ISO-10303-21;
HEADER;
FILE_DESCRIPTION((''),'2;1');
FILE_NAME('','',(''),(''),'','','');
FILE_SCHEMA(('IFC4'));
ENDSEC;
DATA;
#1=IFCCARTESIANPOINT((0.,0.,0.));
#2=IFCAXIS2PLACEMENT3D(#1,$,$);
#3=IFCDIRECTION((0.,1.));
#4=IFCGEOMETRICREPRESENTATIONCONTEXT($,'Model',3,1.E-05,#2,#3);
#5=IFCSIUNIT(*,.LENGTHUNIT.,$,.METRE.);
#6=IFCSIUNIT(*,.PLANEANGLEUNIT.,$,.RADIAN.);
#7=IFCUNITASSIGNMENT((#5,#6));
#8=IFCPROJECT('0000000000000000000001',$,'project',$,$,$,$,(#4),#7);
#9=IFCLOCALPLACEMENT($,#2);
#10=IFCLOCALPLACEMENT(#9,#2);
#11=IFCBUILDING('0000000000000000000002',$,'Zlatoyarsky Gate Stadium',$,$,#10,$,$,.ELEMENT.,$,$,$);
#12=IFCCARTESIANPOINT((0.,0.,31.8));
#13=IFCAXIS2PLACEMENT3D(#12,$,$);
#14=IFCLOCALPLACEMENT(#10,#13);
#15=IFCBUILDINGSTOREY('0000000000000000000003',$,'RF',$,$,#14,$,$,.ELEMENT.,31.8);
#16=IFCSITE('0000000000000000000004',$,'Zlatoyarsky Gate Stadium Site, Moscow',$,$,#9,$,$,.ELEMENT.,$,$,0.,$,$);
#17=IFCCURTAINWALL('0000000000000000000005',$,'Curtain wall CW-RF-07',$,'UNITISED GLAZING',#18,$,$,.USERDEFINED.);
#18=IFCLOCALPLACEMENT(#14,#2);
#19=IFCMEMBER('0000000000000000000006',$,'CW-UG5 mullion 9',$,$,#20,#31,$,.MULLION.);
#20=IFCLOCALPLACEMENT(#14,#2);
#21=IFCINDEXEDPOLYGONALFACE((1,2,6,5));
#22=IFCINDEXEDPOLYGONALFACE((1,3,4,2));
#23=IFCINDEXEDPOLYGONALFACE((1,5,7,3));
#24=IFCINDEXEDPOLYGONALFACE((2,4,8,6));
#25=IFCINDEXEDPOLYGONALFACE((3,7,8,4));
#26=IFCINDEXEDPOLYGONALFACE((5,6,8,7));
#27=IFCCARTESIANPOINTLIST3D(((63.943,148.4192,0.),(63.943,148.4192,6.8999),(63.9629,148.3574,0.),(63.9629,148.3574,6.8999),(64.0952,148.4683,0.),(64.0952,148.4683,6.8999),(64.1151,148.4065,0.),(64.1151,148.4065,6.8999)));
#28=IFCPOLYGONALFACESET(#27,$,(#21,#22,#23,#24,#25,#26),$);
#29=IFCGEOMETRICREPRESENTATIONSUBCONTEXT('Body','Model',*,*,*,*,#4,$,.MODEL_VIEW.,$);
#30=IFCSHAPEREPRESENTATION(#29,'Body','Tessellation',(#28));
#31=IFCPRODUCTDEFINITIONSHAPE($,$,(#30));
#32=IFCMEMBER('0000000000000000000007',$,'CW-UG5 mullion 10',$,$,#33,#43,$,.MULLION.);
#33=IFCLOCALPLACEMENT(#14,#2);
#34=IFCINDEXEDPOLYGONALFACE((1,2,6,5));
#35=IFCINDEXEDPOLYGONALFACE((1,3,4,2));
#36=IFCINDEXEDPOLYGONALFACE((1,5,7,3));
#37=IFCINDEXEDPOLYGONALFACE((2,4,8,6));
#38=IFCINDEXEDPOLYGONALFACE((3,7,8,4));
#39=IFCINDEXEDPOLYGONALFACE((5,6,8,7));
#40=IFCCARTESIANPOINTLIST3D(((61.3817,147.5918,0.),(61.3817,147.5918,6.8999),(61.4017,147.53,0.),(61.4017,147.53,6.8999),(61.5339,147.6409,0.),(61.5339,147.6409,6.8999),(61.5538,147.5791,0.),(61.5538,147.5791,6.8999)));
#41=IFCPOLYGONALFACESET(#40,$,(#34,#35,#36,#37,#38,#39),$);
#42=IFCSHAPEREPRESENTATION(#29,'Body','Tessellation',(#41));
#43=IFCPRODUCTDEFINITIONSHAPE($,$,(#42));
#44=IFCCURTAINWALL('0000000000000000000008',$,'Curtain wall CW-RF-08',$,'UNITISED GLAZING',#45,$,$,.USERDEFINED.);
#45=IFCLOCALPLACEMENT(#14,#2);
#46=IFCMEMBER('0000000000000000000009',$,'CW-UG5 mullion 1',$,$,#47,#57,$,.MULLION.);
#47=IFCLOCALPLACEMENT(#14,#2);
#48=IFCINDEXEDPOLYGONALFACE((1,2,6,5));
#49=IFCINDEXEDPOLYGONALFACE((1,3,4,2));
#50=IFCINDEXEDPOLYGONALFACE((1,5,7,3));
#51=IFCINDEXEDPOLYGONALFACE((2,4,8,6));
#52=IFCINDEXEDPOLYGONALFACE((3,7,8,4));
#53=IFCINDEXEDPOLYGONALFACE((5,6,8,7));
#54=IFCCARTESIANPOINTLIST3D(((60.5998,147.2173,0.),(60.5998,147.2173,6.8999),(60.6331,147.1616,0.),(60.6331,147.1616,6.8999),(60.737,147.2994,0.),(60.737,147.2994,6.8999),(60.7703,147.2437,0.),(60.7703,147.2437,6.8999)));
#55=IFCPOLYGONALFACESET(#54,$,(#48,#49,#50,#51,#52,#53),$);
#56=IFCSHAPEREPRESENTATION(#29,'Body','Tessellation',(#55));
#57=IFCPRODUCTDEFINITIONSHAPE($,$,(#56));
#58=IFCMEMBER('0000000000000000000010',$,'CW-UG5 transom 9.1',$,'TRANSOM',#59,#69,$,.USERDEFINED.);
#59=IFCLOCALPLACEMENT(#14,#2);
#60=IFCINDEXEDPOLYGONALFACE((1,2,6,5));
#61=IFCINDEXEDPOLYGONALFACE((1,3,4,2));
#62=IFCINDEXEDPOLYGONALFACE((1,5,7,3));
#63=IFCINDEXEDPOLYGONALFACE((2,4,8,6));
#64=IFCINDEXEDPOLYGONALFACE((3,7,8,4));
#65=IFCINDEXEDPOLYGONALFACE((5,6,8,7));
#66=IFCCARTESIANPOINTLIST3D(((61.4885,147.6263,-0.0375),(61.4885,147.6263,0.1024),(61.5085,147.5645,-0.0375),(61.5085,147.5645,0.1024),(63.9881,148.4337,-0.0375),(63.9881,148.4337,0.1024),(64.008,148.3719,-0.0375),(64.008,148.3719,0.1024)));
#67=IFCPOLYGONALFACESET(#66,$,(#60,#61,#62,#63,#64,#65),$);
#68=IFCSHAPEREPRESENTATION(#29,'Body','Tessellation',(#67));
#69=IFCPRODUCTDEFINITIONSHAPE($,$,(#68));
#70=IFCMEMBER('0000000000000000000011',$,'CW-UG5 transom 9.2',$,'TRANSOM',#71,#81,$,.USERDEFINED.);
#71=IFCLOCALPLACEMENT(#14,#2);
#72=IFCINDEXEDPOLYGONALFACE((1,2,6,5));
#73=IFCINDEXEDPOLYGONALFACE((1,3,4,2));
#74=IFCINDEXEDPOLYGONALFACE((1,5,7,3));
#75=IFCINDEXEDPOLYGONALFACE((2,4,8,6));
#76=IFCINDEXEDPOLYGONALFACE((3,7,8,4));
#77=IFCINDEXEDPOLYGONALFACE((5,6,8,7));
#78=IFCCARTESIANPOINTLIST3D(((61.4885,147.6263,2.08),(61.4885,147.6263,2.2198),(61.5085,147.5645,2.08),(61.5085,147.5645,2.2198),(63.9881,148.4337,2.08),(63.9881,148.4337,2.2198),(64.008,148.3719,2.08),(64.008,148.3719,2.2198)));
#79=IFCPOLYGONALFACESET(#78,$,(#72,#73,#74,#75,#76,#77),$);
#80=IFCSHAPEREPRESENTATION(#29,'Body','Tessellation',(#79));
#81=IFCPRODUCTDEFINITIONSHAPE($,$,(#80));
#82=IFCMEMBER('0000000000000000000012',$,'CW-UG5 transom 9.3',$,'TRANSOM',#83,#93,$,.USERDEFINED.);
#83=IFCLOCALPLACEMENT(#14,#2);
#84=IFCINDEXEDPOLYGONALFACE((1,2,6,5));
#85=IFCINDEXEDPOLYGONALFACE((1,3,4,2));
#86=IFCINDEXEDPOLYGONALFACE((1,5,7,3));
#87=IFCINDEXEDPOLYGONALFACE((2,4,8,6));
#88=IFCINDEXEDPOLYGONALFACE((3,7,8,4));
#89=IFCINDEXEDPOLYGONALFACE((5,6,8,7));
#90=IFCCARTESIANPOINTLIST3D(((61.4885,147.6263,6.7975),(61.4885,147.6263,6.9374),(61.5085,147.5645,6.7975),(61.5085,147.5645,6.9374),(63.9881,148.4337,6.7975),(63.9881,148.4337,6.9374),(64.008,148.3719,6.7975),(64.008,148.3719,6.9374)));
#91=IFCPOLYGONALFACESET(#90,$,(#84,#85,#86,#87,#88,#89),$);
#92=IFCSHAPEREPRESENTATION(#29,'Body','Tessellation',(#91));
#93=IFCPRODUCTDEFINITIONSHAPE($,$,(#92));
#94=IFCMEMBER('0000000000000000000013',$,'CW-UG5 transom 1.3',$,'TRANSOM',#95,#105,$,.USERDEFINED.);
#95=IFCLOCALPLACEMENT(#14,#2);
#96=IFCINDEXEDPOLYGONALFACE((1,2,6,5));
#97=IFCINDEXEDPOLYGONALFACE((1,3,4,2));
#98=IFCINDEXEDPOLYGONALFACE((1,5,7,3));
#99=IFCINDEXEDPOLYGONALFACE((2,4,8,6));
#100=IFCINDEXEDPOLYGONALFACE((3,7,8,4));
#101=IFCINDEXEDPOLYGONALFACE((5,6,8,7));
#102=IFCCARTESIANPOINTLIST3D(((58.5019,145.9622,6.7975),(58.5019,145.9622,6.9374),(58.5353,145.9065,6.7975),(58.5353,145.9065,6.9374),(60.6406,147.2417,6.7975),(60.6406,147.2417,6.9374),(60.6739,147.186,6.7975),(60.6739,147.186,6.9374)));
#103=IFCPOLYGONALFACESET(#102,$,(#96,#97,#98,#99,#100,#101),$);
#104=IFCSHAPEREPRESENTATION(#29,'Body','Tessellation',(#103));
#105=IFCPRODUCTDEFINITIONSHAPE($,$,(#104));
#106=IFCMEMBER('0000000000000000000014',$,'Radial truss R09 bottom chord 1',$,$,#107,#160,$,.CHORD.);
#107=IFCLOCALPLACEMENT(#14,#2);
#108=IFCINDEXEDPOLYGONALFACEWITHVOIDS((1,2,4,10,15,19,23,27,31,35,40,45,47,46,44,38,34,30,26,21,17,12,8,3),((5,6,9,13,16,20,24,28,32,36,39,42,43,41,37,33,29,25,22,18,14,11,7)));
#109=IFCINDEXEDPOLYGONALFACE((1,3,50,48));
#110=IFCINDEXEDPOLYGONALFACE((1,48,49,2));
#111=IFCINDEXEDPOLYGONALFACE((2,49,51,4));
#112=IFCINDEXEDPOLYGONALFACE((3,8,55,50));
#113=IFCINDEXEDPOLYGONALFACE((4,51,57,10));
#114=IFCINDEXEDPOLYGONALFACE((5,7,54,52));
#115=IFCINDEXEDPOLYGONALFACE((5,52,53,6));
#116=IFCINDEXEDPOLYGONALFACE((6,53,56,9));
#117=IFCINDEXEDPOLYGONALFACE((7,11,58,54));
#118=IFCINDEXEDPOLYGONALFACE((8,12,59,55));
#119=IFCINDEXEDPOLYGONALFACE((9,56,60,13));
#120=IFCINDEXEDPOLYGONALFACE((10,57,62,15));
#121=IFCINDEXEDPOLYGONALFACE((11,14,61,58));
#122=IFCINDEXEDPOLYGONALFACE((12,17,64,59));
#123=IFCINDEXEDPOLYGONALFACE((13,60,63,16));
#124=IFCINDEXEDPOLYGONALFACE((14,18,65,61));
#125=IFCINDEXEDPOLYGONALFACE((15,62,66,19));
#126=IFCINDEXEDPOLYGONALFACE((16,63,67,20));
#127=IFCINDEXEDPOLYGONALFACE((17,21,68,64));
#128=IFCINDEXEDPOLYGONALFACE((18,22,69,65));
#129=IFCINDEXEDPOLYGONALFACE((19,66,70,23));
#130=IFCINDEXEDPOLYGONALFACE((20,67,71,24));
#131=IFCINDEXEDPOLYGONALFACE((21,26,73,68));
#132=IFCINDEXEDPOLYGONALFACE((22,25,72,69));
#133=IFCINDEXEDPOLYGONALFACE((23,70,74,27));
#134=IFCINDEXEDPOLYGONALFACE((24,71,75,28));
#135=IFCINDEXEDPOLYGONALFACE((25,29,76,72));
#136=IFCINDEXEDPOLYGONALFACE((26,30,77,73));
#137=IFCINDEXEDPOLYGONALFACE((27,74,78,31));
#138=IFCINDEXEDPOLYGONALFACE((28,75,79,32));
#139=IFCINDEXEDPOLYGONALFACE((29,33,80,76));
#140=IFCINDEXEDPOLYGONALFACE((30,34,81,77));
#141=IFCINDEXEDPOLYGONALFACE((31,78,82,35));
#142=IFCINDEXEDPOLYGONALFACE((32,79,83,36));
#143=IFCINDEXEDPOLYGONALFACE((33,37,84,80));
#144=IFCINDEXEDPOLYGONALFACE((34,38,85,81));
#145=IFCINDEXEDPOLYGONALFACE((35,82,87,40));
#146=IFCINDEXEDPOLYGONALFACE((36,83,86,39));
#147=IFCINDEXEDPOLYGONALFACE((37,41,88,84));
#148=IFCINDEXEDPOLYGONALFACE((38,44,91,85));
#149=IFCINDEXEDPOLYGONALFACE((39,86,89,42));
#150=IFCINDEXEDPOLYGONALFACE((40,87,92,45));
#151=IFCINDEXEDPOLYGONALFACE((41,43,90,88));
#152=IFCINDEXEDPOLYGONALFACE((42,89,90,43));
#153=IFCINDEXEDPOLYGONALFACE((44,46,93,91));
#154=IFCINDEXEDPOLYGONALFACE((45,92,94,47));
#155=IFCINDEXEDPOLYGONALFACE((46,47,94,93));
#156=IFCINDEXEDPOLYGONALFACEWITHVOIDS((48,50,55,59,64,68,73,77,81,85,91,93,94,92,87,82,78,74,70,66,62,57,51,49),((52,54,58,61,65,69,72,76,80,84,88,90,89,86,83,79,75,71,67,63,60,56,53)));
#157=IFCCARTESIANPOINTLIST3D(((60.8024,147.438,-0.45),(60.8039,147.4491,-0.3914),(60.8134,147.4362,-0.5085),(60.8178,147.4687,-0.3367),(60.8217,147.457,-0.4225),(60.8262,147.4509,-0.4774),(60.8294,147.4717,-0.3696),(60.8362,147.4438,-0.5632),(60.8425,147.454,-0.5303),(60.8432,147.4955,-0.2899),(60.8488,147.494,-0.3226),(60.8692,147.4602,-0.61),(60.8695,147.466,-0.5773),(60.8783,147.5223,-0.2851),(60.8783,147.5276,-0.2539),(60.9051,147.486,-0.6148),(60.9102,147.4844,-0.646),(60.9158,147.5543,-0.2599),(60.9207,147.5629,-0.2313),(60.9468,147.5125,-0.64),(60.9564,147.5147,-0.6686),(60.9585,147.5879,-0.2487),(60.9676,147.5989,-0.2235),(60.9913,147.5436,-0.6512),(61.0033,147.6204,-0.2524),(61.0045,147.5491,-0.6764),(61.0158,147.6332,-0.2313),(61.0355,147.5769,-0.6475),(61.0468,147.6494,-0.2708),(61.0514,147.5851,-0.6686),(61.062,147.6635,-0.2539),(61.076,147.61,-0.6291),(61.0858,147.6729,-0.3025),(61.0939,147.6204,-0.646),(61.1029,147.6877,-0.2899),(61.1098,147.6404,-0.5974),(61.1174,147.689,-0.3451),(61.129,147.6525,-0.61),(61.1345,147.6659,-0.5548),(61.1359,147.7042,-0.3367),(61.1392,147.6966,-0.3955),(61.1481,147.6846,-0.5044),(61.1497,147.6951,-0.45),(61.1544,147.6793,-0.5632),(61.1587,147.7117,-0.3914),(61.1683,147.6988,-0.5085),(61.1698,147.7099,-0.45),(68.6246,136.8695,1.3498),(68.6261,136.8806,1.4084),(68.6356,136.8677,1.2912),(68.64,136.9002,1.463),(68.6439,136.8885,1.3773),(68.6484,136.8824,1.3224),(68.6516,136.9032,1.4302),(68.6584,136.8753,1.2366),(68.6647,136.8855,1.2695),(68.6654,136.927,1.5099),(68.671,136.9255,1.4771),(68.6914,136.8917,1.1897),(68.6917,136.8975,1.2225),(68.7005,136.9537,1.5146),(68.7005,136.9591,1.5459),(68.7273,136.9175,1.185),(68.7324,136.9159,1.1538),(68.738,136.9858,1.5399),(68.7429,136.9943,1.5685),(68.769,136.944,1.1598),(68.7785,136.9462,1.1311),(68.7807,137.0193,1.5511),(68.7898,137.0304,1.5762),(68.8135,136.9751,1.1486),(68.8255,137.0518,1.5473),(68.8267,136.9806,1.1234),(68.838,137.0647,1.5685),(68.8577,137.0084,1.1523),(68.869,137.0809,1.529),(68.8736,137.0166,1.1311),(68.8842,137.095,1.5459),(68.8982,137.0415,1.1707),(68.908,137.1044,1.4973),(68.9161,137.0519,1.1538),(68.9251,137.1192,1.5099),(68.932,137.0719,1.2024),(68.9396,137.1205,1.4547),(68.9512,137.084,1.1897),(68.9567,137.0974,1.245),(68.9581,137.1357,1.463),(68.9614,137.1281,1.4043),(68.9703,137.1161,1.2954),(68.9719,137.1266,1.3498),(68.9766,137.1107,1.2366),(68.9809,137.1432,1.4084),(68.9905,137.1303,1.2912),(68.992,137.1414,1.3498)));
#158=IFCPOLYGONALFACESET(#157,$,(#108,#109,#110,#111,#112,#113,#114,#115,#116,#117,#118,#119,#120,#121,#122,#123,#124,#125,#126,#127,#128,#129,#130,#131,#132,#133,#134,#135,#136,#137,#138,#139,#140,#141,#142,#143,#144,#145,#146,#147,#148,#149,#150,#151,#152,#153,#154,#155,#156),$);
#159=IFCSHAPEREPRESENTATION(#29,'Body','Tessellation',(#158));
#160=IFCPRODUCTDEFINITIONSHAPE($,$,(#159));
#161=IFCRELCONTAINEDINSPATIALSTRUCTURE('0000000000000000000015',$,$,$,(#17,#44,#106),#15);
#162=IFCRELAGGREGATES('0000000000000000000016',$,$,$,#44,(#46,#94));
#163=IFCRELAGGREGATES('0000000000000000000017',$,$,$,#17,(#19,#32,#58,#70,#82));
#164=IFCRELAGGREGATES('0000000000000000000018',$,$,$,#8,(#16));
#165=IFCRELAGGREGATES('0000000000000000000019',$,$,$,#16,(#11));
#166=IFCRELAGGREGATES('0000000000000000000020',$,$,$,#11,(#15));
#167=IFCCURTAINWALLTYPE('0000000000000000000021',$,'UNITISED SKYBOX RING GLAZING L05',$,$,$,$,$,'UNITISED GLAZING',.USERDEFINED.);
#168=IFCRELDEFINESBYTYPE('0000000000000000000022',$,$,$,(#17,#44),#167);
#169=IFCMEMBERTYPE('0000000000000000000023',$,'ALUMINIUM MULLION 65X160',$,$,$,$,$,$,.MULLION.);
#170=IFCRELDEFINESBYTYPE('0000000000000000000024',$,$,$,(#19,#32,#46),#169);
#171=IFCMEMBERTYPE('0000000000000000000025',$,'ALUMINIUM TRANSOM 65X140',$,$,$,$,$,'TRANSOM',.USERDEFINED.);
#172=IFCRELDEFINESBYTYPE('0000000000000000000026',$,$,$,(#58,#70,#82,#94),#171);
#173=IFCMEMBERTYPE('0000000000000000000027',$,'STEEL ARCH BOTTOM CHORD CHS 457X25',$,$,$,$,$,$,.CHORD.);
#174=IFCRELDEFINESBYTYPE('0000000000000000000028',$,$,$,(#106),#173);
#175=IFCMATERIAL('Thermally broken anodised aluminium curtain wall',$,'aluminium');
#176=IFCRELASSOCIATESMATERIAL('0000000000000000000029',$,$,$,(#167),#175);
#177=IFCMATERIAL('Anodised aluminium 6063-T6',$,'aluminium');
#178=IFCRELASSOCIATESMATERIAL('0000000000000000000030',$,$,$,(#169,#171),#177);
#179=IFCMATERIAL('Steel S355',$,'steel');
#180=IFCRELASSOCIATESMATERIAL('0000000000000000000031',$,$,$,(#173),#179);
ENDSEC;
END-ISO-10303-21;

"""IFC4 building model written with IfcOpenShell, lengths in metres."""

from ifc_helpers import new_model, si_unit, direction, frame, origin, origin_2d, place, context, subcontext, project, spatial, rectangle, hollow_circle, extrude, material, material_profile, profile_set, type_object, element, aggregate, save


model = new_model("IFC4")

# Units and contexts
model_context = context("Model", 3, precision=1e-05, world=origin(), true_north=direction((0.0, 1.0)))
body_context = subcontext(model_context, "Body", "Model", "MODEL_VIEW")
ifc_project = project(units=[si_unit("LENGTHUNIT", "METRE"), si_unit("PLANEANGLEUNIT", "RADIAN")], contexts=[model_context])

# Site, building, storey
site_placement = place(None, origin())
site = spatial("IfcSite", under=ifc_project, at=site_placement, Name="Zlatoyarsky Gate Stadium Site, Moscow", CompositionType="ELEMENT", RefElevation=0.0)
building_placement = place(site_placement, origin())
building = spatial("IfcBuilding", under=site, at=building_placement, Name="Zlatoyarsky Gate Stadium", CompositionType="ELEMENT")
storey_placement = place(building_placement, frame((0.0, 0.0, 31.8)))
storey = spatial("IfcBuildingStorey", under=building, at=storey_placement, Name="RF", CompositionType="ELEMENT", Elevation=31.8)

# Curtain wall, members
ifc_material_1 = material(Name="Thermally broken anodised aluminium curtain wall", Category="aluminium")
curtain_wall_type = type_object("IfcCurtainWallType", Name="UNITISED SKYBOX RING GLAZING L05", ElementType="UNITISED GLAZING", PredefinedType="USERDEFINED", material=ifc_material_1)
curtain_wall_1_placement = place(storey_placement, origin())
curtain_wall_1 = element("IfcCurtainWall", 1, at=curtain_wall_1_placement, inside=storey, type_object=curtain_wall_type, Name="Curtain wall CW-RF-07", ObjectType="UNITISED GLAZING", PredefinedType="USERDEFINED")
ifc_material_2 = material(Name="Anodised aluminium 6063-T6", Category="aluminium")
ifc_material_profile_1 = material_profile(ifc_material_2, rectangle(XDim=0.0649, YDim=0.1599, at=origin_2d()), Name="ALU 65X160")
ifc_profile_set_1 = profile_set([ifc_material_profile_1], Name="Anodised aluminium 6063-T6")
member_type_1 = type_object("IfcMemberType", Name="ALUMINIUM MULLION 65X160", PredefinedType="MULLION", material=ifc_profile_set_1)
member_1_placement = place(storey_placement, frame((64.0291, 148.4128, 0.0), z_axis=(0.0, 0.0, 1.0), x_axis=(0.307352, -0.951596, 0.0)))
member_1 = element("IfcMember", 2, at=member_1_placement, type_object=member_type_1, Name="CW-UG5 mullion 9", PredefinedType="MULLION", context=body_context, shape_type="SweptSolid", body=[
    extrude(rectangle(XDim=0.0649, YDim=0.1599, at=origin_2d()), origin(), (0.0, 0.0, 1.0), 6.8999),
])
member_2_placement = place(storey_placement, frame((61.4678, 147.5854, 0.0), z_axis=(0.0, 0.0, 1.0), x_axis=(0.307352, -0.951596, 0.0)))
member_2 = element("IfcMember", 3, at=member_2_placement, type_object=member_type_1, Name="CW-UG5 mullion 10", PredefinedType="MULLION", context=body_context, shape_type="SweptSolid", body=[
    extrude(rectangle(XDim=0.0649, YDim=0.1599, at=origin_2d()), origin(), (0.0, 0.0, 1.0), 6.8999),
])

# Curtain wall, member
curtain_wall_2_placement = place(storey_placement, origin())
curtain_wall_2 = element("IfcCurtainWall", 4, at=curtain_wall_2_placement, inside=storey, type_object=curtain_wall_type, Name="Curtain wall CW-RF-08", ObjectType="UNITISED GLAZING", PredefinedType="USERDEFINED")
member_3_placement = place(storey_placement, frame((60.6851, 147.2305, 0.0), z_axis=(0.0, 0.0, 1.0), x_axis=(0.513436, -0.858128, 0.0)))
member_3 = element("IfcMember", 5, at=member_3_placement, type_object=member_type_1, Name="CW-UG5 mullion 1", PredefinedType="MULLION", context=body_context, shape_type="SweptSolid", body=[
    extrude(rectangle(XDim=0.0649, YDim=0.1599, at=origin_2d()), origin(), (0.0, 0.0, 1.0), 6.8999),
])

# Members
ifc_material_profile_2 = material_profile(ifc_material_2, rectangle(XDim=0.0649, YDim=0.1399, at=origin_2d()), Name="ALU 65X140")
ifc_profile_set_2 = profile_set([ifc_material_profile_2], Name="Anodised aluminium 6063-T6")
member_type_2 = type_object("IfcMemberType", Name="ALUMINIUM TRANSOM 65X140", ElementType="TRANSOM", PredefinedType="USERDEFINED", material=ifc_profile_set_2)
member_4_placement = place(storey_placement, frame((63.998, 148.4028, 0.0325), z_axis=(-0.951589, -0.307375, 0.0), x_axis=(0.307375, -0.951589, 0.0)))
member_4 = element("IfcMember", 6, at=member_4_placement, type_object=member_type_2, Name="CW-UG5 transom 9.1", ObjectType="TRANSOM", PredefinedType="USERDEFINED", context=body_context, shape_type="SweptSolid", body=[
    extrude(rectangle(XDim=0.0649, YDim=0.1399, at=origin_2d()), origin(), (0.0, 0.0, 1.0), 2.6267),
])
member_5_placement = place(storey_placement, frame((63.998, 148.4028, 2.1499), z_axis=(-0.951589, -0.307375, 0.0), x_axis=(0.307375, -0.951589, 0.0)))
member_5 = element("IfcMember", 7, at=member_5_placement, type_object=member_type_2, Name="CW-UG5 transom 9.2", ObjectType="TRANSOM", PredefinedType="USERDEFINED", context=body_context, shape_type="SweptSolid", body=[
    extrude(rectangle(XDim=0.0649, YDim=0.1399, at=origin_2d()), origin(), (0.0, 0.0, 1.0), 2.6267),
])
member_6_placement = place(storey_placement, frame((63.998, 148.4028, 6.8674), z_axis=(-0.951589, -0.307375, 0.0), x_axis=(0.307375, -0.951589, 0.0)))
member_6 = element("IfcMember", 8, at=member_6_placement, type_object=member_type_2, Name="CW-UG5 transom 9.3", ObjectType="TRANSOM", PredefinedType="USERDEFINED", context=body_context, shape_type="SweptSolid", body=[
    extrude(rectangle(XDim=0.0649, YDim=0.1399, at=origin_2d()), origin(), (0.0, 0.0, 1.0), 2.6267),
])
member_7_placement = place(storey_placement, frame((60.6572, 147.2139, 6.8674), z_axis=(-0.858141, -0.513415, 0.0), x_axis=(0.513415, -0.858141, 0.0)))
member_7 = element("IfcMember", 9, at=member_7_placement, type_object=member_type_2, Name="CW-UG5 transom 1.3", ObjectType="TRANSOM", PredefinedType="USERDEFINED", context=body_context, shape_type="SweptSolid", body=[
    extrude(rectangle(XDim=0.0649, YDim=0.1399, at=origin_2d()), origin(), (0.0, 0.0, 1.0), 2.4922),
])
aggregate(curtain_wall_2, [member_3, member_7])

# Member
ifc_material_3 = material(Name="Steel S355", Category="steel")
ifc_material_profile_3 = material_profile(ifc_material_3, hollow_circle(Radius=0.2285, WallThickness=0.0249, at=origin_2d()), Name="CHS 457X25")
ifc_profile_set_3 = profile_set([ifc_material_profile_3], Name="Steel S355")
member_type_3 = type_object("IfcMemberType", Name="STEEL ARCH BOTTOM CHORD CHS 457X25", PredefinedType="CHORD", material=ifc_profile_set_3)
member_8_placement = place(storey_placement, frame((60.9861, 147.574, -0.45), z_axis=(0.58942, -0.796361, 0.135618), x_axis=(0.803787, 0.594917, 0.0)))
element("IfcMember", 10, at=member_8_placement, inside=storey, type_object=member_type_3, Name="Radial truss R09 bottom chord 1", PredefinedType="CHORD", context=body_context, shape_type="SweptSolid", body=[
    extrude(hollow_circle(Radius=0.2285, WallThickness=0.0249, at=origin_2d()), origin(), (0.0, 0.0, 1.0), 13.271),
])

aggregate(curtain_wall_1, [member_1, member_2, member_4, member_5, member_6])

save(model, "model.ifc")
